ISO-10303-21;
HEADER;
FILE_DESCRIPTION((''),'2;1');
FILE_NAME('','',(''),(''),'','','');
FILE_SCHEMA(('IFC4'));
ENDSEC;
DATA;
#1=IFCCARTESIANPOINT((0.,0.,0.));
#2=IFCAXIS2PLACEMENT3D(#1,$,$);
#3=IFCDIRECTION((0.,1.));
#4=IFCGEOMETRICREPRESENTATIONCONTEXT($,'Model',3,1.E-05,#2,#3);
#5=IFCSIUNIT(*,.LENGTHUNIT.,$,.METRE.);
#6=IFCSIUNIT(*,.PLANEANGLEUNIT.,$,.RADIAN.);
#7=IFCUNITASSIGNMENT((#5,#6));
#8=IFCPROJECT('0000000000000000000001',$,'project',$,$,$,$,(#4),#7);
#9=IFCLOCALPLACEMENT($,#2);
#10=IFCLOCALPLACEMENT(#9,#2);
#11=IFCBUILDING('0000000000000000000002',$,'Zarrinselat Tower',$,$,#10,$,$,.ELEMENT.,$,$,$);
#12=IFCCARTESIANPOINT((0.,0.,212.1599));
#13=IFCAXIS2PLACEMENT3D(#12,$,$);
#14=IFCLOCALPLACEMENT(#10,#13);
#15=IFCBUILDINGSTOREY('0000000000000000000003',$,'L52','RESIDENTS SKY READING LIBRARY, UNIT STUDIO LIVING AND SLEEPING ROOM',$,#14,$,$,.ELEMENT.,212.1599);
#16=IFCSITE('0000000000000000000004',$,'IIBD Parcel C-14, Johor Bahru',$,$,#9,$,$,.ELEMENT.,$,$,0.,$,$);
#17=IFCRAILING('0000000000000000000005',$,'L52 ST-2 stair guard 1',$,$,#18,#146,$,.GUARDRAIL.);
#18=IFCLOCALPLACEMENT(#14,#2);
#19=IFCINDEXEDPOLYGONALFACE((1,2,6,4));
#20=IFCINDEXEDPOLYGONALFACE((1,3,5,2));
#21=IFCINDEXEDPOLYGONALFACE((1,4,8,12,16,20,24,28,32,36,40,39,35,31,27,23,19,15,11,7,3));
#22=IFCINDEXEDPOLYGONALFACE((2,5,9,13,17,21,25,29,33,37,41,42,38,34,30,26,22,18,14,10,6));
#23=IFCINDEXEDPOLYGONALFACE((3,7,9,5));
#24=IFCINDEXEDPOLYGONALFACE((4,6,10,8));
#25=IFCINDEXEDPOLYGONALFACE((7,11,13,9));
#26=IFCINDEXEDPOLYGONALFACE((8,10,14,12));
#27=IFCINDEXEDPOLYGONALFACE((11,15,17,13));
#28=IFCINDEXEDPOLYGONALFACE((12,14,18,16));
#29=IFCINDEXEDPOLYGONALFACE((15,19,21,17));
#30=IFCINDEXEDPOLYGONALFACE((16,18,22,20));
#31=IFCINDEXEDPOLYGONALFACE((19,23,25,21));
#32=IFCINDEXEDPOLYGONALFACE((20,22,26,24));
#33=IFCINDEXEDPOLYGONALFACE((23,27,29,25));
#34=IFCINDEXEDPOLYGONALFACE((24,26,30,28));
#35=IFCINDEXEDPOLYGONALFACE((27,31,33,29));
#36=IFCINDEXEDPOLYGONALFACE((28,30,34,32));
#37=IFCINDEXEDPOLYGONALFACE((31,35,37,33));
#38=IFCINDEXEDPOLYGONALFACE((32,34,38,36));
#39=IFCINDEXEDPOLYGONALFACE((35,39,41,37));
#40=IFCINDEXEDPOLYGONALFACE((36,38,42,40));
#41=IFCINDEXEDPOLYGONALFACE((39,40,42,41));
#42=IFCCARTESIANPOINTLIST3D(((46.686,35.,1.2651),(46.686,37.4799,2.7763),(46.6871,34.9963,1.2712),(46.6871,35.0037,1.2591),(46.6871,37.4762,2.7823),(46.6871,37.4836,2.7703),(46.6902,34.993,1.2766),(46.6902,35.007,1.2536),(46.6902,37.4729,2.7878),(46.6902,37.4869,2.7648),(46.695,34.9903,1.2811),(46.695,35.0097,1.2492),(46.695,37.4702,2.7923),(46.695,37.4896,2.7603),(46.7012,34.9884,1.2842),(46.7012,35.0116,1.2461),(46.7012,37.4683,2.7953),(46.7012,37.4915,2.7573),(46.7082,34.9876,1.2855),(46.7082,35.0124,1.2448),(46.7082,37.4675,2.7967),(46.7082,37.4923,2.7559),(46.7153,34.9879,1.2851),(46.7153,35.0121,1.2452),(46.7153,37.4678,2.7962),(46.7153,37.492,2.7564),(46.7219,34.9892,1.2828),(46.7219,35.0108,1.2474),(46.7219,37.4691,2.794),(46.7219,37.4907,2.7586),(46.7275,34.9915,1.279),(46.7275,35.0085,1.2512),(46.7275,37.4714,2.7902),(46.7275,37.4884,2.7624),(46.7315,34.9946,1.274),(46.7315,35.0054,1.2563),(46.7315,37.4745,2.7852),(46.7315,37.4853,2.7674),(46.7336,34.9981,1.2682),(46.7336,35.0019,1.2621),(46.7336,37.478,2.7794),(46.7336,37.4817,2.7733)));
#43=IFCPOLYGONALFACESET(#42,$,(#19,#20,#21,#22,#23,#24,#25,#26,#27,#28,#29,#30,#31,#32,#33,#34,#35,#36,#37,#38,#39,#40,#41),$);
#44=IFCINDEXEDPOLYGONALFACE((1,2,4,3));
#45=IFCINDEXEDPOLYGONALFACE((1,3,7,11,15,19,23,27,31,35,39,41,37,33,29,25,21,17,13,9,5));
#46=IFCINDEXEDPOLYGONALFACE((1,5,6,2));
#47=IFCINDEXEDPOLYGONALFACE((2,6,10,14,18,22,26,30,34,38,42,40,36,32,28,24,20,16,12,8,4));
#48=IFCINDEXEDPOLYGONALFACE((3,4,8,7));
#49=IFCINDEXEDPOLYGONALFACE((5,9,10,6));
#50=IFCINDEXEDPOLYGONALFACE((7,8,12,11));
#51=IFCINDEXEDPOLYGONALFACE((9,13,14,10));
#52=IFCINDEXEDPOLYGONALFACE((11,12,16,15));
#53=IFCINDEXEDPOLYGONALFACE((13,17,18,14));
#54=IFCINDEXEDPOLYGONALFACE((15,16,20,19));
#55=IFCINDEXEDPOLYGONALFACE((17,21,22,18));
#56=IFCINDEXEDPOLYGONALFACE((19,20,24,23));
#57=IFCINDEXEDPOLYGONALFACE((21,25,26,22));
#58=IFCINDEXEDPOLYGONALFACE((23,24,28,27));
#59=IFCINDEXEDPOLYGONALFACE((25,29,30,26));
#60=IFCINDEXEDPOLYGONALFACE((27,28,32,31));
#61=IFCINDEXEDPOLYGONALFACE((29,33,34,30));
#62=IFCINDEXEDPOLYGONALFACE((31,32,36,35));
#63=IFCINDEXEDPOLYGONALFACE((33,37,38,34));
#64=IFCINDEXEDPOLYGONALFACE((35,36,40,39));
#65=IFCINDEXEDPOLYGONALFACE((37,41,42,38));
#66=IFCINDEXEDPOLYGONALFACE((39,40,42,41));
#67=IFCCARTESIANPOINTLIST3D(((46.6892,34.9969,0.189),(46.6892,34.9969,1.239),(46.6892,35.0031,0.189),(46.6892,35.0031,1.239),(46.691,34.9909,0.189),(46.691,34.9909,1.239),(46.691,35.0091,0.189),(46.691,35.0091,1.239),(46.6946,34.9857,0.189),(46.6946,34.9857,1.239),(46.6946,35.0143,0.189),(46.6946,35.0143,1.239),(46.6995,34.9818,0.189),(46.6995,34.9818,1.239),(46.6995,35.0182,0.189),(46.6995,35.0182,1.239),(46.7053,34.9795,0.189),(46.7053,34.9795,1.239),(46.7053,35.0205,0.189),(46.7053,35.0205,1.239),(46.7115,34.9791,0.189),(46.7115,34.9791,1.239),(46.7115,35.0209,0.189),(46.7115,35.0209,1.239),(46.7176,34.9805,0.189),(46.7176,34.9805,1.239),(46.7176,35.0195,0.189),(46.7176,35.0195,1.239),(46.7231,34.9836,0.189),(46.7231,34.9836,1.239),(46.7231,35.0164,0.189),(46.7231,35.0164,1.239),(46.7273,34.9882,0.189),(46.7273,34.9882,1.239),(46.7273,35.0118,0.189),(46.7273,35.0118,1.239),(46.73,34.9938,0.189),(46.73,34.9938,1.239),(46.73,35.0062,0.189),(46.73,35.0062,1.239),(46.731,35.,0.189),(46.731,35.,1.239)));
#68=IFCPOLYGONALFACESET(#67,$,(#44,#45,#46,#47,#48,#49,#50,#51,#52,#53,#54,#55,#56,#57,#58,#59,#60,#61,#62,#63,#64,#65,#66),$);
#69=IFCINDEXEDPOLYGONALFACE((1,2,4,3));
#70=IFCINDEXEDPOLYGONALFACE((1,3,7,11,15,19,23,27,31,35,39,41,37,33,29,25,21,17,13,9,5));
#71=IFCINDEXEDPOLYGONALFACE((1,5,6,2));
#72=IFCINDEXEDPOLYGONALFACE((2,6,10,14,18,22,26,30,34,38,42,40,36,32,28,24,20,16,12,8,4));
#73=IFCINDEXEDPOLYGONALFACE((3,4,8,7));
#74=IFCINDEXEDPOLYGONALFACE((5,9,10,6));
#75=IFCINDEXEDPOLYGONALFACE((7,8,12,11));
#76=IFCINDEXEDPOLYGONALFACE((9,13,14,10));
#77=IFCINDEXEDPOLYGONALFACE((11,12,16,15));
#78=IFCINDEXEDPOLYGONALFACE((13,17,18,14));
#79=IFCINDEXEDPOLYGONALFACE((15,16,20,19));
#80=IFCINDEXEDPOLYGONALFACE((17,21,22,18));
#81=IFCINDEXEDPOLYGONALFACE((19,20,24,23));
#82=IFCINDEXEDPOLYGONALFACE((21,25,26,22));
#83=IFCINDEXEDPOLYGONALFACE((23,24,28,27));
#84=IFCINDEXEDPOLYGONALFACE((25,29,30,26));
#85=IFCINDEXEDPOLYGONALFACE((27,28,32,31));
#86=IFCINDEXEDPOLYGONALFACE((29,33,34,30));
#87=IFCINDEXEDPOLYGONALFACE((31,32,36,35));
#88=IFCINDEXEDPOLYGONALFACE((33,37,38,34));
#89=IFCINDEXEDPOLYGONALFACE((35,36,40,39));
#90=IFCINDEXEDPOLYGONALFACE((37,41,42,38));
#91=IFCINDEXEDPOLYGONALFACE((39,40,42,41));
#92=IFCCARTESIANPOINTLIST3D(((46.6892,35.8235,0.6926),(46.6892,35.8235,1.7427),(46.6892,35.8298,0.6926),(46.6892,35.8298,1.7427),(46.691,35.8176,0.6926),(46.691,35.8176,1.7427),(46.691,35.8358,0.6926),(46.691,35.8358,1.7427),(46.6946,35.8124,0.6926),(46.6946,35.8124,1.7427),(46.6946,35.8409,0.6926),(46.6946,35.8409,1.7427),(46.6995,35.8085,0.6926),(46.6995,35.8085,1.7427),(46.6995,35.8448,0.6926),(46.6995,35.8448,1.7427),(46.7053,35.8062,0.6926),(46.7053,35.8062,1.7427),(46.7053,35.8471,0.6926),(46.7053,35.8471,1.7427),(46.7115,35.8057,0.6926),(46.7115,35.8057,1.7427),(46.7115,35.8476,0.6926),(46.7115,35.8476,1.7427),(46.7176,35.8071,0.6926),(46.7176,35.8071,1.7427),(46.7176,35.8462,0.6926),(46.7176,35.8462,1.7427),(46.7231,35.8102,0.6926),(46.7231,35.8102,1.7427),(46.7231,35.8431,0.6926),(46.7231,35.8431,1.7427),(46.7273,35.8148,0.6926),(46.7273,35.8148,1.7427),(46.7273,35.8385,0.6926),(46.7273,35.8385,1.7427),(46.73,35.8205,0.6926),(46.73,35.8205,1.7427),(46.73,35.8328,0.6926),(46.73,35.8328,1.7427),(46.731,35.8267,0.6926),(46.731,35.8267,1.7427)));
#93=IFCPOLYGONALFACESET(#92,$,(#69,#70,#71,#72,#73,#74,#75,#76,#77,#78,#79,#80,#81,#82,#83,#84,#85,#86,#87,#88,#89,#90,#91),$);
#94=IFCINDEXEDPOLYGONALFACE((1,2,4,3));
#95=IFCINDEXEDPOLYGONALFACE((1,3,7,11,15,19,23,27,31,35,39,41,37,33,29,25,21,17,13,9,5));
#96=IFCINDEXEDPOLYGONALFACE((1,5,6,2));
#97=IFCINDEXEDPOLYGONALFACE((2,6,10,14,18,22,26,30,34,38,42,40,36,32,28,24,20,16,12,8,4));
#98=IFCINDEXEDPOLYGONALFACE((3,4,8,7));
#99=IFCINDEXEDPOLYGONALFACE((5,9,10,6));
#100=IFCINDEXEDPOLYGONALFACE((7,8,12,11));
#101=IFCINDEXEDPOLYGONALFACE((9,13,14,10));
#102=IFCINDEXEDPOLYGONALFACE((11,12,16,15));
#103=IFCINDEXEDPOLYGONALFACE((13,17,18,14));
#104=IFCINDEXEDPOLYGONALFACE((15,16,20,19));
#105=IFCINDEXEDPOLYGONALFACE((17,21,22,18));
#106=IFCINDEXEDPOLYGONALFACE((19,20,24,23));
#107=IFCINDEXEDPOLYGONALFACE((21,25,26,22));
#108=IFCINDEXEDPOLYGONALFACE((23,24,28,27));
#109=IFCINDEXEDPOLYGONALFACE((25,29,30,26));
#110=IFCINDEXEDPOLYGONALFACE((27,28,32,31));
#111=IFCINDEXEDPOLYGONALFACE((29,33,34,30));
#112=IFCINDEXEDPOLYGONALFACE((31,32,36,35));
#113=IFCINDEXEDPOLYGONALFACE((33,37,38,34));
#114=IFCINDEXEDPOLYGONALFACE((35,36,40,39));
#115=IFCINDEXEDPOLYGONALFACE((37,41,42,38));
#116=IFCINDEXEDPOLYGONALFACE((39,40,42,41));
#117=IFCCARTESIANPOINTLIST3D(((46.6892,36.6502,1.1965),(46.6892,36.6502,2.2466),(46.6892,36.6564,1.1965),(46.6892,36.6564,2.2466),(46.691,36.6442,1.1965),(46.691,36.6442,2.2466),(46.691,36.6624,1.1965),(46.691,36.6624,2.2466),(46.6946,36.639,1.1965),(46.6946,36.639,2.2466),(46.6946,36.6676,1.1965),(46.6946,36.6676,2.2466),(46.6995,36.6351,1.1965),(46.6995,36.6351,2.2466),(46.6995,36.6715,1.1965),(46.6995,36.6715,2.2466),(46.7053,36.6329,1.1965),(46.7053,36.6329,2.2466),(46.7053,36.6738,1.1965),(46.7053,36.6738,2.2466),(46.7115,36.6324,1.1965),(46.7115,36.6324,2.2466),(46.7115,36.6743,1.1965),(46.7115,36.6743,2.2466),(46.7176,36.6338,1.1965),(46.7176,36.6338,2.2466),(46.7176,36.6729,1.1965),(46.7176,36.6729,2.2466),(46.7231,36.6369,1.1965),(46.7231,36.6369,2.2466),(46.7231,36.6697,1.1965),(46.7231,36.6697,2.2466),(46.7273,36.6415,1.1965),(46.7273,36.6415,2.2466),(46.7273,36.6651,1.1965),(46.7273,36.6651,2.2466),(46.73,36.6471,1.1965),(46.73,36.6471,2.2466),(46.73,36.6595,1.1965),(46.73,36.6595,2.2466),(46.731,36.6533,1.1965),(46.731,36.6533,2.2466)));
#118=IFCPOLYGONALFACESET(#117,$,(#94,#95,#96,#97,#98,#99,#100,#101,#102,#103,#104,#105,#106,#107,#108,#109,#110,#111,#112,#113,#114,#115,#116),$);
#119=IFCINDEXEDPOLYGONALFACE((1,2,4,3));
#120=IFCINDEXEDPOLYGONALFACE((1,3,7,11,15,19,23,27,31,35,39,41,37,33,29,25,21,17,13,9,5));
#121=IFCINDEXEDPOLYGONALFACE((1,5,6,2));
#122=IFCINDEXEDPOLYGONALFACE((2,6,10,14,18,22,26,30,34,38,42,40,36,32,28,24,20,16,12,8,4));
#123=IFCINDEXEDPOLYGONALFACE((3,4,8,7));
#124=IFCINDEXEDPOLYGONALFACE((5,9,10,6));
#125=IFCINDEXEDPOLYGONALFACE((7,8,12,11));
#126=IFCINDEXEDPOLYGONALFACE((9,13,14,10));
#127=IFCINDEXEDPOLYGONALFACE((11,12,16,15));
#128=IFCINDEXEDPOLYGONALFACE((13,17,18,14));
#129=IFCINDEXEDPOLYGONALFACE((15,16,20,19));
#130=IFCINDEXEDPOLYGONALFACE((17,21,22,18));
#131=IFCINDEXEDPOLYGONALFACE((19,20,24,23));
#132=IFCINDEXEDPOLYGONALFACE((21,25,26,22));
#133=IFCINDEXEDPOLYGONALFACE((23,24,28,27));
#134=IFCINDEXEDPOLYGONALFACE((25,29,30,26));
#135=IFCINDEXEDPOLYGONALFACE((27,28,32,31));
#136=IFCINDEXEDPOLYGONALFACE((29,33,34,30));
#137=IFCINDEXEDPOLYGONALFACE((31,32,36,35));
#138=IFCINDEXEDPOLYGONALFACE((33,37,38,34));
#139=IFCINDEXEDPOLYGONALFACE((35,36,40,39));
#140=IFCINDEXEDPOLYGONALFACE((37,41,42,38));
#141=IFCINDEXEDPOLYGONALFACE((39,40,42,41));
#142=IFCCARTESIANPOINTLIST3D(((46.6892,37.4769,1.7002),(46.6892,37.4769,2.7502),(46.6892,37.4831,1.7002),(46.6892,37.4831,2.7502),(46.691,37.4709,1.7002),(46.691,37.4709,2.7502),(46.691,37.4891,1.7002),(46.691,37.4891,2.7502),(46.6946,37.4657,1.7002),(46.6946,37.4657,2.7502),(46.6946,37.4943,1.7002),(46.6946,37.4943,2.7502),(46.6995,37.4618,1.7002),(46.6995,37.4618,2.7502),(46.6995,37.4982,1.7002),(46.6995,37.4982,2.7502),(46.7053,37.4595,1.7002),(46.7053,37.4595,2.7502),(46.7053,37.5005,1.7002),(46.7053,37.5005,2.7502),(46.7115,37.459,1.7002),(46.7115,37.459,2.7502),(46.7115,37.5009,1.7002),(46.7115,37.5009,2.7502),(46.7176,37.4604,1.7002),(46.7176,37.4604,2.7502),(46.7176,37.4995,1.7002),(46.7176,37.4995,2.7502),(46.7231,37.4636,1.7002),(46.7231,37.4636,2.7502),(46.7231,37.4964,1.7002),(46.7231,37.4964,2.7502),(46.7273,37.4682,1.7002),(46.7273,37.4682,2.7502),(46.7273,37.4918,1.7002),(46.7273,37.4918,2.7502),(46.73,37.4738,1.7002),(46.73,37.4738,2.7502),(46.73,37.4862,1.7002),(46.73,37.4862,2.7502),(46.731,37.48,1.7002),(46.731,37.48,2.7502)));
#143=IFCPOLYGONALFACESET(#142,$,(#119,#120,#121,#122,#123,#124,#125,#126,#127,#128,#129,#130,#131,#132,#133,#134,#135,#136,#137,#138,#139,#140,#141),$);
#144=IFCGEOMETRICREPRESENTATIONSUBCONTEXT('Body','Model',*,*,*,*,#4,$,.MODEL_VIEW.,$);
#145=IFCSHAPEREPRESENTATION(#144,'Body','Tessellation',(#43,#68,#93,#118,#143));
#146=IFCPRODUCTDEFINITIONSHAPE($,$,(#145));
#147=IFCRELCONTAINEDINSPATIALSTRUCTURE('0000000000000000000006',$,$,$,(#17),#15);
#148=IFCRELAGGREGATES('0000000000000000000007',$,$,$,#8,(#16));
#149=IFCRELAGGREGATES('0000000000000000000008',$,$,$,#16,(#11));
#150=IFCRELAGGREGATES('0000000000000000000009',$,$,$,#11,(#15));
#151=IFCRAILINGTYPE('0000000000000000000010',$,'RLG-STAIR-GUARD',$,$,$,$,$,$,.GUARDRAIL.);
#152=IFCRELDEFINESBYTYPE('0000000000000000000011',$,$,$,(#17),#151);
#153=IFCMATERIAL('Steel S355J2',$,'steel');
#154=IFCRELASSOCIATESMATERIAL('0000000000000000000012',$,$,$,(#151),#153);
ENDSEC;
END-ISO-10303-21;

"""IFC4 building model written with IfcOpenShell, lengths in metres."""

from ifc_helpers import new_model, si_unit, direction, frame, origin, origin_2d, place, context, subcontext, project, spatial, circle, extrude, material, type_object, element, save


model = new_model("IFC4")

# Units and contexts
model_context = context("Model", 3, precision=1e-05, world=origin(), true_north=direction((0.0, 1.0)))
body_context = subcontext(model_context, "Body", "Model", "MODEL_VIEW")
ifc_project = project(units=[si_unit("LENGTHUNIT", "METRE"), si_unit("PLANEANGLEUNIT", "RADIAN")], contexts=[model_context])

# Site, building, storey
site_placement = place(None, origin())
site = spatial("IfcSite", under=ifc_project, at=site_placement, Name="IIBD Parcel C-14, Johor Bahru", CompositionType="ELEMENT", RefElevation=0.0)
building_placement = place(site_placement, origin())
building = spatial("IfcBuilding", under=site, at=building_placement, Name="Zarrinselat Tower", CompositionType="ELEMENT")
storey_placement = place(building_placement, frame((0.0, 0.0, 212.1599)))
storey = spatial("IfcBuildingStorey", under=building, at=storey_placement, Name="L52", Description="RESIDENTS SKY READING LIBRARY, UNIT STUDIO LIVING AND SLEEPING ROOM", CompositionType="ELEMENT", Elevation=212.1599)

# Railing
ifc_material_1 = material(Name="Steel S355J2", Category="steel")
railing_type_1 = type_object("IfcRailingType", Name="RLG-STAIR-GUARD", PredefinedType="GUARDRAIL", material=ifc_material_1)
railing_1_placement = place(storey_placement, frame((46.71, 35.0, 0.189)))
element("IfcRailing", 1, at=railing_1_placement, inside=storey, type_object=railing_type_1, Name="L52 ST-2 stair guard 1", PredefinedType="GUARDRAIL", context=body_context, shape_type="SweptSolid", body=[
    extrude(circle(Radius=0.0239, at=origin_2d()), frame((0.0, 0.0, 1.0762), z_axis=(0.0, 0.853942, 0.520368), x_axis=(-1.0, 0.0, 0.0)), (0.0, 0.0, 1.0), 2.9041),
    extrude(circle(Radius=0.021, at=origin_2d()), origin(), (0.0, 0.0, 1.0), 1.05),
    extrude(circle(Radius=0.021, at=origin_2d()), frame((0.0, 0.8267, 0.5037)), (0.0, 0.0, 1.0), 1.05),
    extrude(circle(Radius=0.021, at=origin_2d()), frame((0.0, 1.6533, 1.0076)), (0.0, 0.0, 1.0), 1.05),
    extrude(circle(Radius=0.021, at=origin_2d()), frame((0.0, 2.48, 1.5112)), (0.0, 0.0, 1.0), 1.05),
])

save(model, "model.ifc")
